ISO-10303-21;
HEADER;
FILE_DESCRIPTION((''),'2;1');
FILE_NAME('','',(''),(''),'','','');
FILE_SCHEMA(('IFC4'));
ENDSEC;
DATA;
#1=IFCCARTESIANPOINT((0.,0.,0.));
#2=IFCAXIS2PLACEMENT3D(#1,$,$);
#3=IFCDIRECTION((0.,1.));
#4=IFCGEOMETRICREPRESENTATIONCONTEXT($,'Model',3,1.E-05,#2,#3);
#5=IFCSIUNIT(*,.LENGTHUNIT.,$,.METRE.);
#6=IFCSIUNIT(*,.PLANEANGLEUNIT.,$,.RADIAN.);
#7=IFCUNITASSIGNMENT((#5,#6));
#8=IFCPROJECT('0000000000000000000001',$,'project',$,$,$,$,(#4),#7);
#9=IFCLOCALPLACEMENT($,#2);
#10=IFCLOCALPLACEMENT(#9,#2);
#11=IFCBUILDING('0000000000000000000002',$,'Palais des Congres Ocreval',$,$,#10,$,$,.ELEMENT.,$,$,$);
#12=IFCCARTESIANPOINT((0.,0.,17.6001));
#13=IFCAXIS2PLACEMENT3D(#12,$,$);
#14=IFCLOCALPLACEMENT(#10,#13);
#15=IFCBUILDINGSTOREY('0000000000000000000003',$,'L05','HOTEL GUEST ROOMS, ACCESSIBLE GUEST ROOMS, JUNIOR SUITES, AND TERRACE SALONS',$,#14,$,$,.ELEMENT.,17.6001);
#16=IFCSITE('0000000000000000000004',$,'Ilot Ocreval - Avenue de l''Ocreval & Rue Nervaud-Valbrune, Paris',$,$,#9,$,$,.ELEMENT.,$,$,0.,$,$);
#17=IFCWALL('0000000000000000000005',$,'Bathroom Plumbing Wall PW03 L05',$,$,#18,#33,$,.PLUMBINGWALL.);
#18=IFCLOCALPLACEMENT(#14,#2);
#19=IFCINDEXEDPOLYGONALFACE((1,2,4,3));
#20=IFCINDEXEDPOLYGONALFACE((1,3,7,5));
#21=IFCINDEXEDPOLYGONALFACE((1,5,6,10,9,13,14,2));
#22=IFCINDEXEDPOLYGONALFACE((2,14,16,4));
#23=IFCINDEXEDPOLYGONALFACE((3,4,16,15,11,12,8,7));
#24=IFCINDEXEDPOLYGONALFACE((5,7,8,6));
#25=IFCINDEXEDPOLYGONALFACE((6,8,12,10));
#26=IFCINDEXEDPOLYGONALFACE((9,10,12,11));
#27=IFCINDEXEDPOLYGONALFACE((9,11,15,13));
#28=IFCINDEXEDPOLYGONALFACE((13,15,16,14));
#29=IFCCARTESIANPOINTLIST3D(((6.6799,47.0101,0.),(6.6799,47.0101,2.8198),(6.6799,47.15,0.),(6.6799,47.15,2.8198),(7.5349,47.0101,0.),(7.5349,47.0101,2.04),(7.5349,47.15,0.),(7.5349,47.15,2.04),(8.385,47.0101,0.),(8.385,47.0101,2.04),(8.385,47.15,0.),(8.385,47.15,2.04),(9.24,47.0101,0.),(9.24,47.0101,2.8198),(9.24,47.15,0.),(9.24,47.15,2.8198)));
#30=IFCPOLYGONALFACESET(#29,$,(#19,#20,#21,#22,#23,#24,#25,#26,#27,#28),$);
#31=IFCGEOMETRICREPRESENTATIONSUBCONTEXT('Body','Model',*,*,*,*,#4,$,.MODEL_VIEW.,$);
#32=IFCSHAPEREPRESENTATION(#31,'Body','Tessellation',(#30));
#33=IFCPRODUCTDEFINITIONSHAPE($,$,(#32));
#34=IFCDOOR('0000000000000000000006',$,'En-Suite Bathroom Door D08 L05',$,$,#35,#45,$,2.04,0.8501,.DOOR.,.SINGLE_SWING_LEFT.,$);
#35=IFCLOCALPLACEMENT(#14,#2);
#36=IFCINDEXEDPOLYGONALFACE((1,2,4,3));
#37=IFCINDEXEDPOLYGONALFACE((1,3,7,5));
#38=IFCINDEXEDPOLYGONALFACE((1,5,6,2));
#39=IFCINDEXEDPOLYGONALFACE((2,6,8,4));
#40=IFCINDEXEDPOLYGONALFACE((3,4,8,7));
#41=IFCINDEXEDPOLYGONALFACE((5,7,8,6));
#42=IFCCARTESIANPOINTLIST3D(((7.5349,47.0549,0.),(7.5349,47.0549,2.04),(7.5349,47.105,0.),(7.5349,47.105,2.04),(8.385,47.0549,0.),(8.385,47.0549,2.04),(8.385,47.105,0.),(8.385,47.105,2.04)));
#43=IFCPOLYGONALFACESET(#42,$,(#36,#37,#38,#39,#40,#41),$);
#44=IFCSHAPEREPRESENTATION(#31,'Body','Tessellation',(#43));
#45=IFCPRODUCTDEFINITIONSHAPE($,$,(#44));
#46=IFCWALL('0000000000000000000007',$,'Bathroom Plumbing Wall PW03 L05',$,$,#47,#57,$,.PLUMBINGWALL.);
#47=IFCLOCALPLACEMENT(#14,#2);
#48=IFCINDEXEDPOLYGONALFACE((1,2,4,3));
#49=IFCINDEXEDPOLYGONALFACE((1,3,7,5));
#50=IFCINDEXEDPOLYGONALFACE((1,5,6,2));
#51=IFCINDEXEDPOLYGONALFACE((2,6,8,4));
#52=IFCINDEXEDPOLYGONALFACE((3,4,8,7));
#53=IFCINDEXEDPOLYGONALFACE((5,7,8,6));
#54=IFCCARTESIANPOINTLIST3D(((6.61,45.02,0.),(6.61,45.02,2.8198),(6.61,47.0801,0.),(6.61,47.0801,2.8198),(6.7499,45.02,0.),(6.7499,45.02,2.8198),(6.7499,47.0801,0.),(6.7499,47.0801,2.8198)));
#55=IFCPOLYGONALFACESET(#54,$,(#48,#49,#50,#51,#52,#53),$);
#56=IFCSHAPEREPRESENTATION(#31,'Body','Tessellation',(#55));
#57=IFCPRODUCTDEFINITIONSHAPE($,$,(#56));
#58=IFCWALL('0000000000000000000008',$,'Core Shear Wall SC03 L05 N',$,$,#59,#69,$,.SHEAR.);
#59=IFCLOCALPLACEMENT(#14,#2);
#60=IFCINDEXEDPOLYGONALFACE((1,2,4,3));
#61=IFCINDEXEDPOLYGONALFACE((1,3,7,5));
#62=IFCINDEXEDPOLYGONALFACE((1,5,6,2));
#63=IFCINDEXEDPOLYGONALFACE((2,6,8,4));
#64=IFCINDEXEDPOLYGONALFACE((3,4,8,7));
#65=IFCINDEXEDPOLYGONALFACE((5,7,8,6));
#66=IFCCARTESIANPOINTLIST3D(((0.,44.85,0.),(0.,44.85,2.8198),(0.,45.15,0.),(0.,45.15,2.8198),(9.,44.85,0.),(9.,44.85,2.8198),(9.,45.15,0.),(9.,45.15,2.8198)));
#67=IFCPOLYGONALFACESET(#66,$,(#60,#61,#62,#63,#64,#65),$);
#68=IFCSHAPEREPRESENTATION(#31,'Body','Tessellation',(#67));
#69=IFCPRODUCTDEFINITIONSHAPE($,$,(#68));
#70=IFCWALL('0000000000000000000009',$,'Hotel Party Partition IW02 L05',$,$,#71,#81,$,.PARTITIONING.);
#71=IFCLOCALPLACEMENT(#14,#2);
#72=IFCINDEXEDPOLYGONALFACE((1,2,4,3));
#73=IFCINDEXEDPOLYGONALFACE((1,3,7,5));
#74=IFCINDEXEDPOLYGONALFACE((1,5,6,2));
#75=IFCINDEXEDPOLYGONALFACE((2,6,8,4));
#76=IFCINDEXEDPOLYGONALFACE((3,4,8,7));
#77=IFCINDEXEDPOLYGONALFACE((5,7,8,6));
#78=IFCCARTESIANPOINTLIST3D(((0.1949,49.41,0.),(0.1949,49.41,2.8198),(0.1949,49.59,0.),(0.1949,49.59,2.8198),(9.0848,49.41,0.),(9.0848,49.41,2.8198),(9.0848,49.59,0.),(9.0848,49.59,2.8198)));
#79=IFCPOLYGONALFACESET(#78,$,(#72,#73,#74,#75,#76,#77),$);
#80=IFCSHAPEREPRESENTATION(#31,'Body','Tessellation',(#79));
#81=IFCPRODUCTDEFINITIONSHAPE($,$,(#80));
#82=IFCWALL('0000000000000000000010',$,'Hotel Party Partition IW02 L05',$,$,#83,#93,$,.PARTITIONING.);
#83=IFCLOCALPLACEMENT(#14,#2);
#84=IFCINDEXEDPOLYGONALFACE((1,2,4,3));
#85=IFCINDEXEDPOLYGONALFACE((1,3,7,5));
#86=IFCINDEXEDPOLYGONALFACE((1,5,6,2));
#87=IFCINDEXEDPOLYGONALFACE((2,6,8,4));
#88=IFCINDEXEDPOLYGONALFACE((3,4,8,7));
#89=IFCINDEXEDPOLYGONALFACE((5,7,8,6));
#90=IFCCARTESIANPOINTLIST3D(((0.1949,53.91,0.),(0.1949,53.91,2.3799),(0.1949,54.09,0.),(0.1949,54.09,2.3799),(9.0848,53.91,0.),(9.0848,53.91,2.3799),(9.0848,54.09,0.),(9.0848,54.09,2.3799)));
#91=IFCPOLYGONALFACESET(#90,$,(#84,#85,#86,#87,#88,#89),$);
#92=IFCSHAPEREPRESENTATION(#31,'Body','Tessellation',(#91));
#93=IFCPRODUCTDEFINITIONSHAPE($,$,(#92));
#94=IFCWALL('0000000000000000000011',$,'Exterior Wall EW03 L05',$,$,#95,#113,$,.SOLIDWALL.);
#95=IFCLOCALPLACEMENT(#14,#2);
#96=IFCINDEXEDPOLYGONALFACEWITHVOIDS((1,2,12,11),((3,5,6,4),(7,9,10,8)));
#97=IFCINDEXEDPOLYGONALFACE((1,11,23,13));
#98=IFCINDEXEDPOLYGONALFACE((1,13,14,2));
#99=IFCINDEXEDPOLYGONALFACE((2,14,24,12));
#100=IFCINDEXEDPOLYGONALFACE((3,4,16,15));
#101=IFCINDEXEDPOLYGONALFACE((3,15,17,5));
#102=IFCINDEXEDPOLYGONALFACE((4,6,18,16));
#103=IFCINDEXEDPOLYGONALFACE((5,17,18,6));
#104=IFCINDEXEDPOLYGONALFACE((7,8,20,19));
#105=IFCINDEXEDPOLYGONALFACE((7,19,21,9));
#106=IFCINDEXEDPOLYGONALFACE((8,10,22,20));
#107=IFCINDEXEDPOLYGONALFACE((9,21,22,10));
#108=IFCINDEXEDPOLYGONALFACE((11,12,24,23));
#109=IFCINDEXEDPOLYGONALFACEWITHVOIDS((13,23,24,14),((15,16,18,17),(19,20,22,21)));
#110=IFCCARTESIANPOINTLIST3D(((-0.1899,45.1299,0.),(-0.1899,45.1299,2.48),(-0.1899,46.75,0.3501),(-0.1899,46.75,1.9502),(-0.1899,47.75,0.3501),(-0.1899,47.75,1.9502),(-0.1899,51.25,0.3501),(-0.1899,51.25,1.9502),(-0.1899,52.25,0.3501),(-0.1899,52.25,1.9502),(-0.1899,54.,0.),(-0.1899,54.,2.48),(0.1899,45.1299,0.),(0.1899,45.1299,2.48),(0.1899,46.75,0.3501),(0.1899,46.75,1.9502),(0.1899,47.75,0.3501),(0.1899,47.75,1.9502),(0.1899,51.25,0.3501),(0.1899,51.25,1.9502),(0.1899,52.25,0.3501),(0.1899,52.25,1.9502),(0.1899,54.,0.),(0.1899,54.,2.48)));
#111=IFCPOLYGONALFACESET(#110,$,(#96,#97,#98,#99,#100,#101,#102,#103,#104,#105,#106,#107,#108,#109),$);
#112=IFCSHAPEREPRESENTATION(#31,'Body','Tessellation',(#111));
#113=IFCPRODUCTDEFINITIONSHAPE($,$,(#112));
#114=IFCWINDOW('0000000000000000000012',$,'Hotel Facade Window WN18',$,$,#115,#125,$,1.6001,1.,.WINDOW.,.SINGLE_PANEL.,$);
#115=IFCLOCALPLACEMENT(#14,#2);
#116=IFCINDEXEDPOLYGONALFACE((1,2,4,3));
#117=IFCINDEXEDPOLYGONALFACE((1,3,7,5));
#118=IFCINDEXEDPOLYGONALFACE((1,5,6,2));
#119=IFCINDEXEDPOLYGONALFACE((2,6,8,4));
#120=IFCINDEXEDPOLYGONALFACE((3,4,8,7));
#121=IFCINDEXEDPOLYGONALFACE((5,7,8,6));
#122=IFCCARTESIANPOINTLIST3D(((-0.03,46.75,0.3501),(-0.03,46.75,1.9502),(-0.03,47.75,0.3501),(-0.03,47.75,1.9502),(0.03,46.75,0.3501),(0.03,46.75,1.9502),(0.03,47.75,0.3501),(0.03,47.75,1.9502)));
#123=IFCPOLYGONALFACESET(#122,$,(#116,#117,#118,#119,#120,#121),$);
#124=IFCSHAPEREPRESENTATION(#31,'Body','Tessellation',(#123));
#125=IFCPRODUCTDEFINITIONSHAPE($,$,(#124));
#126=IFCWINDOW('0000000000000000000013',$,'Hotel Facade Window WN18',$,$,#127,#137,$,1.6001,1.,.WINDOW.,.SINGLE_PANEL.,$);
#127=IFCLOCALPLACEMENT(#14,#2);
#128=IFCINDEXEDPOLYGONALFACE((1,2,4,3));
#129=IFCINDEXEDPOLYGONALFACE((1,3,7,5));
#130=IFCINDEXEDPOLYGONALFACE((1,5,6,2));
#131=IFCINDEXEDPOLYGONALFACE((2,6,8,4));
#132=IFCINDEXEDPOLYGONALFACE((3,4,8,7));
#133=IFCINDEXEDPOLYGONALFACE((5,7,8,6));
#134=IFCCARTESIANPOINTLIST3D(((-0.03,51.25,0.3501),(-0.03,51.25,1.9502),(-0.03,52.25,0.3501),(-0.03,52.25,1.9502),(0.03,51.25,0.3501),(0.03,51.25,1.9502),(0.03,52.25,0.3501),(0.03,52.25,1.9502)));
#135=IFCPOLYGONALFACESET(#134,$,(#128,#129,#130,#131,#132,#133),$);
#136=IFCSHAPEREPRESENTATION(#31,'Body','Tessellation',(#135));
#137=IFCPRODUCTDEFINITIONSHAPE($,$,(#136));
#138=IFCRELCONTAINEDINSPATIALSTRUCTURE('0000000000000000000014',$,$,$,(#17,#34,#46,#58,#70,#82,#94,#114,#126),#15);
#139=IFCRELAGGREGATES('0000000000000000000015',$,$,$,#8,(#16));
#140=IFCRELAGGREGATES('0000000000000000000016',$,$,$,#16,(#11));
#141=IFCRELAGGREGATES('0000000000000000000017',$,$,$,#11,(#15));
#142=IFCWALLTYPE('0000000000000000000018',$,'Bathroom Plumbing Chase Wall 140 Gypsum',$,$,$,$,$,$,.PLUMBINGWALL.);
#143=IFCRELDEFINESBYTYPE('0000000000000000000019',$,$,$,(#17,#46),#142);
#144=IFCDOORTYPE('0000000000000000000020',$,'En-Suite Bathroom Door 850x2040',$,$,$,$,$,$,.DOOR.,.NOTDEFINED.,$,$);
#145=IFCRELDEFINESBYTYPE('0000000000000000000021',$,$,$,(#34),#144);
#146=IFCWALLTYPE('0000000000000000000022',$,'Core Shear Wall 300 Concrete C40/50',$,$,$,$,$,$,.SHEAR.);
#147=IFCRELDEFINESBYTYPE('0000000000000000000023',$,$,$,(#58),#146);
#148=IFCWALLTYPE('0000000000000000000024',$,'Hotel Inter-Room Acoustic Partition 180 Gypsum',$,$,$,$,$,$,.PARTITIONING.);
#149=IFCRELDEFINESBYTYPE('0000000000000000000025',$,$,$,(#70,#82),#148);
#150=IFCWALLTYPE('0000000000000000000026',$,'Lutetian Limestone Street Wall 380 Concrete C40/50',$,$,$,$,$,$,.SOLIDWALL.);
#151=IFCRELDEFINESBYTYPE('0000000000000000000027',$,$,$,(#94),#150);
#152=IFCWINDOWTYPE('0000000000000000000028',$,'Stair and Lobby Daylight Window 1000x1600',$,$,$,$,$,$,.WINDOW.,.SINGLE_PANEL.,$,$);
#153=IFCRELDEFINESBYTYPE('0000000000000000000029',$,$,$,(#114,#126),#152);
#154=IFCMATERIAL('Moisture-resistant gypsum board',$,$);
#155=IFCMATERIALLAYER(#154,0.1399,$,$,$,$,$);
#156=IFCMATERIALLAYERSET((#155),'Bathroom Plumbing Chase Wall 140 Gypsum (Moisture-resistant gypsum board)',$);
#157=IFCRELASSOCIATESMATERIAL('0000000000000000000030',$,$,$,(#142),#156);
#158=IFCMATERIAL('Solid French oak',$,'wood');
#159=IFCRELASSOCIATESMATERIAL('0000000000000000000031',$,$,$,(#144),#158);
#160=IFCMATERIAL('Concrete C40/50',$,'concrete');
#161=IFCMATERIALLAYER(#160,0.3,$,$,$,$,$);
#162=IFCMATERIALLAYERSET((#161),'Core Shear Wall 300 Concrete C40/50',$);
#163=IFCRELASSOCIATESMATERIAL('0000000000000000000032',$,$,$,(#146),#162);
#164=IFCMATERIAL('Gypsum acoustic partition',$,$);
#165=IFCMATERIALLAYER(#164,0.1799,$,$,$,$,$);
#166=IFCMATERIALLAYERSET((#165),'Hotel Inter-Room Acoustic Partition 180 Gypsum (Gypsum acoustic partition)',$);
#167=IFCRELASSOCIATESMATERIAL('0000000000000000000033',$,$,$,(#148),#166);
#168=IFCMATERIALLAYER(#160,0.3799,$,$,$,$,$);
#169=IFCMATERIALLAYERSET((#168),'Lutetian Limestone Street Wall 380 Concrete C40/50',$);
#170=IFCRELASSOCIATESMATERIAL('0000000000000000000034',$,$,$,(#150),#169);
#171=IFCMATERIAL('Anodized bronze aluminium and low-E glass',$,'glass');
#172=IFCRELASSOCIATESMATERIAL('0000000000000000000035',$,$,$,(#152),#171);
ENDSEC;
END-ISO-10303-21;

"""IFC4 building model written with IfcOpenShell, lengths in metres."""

from ifc_helpers import new_model, si_unit, direction, frame, frame_2d, origin, place, context, subcontext, project, spatial, rectangle, extrude, material, layer, layer_set, type_object, element, fill, save


model = new_model("IFC4")

# Units and contexts
model_context = context("Model", 3, precision=1e-05, world=origin(), true_north=direction((0.0, 1.0)))
body_context = subcontext(model_context, "Body", "Model", "MODEL_VIEW")
ifc_project = project(units=[si_unit("LENGTHUNIT", "METRE"), si_unit("PLANEANGLEUNIT", "RADIAN")], contexts=[model_context])

# Site, building, storey
site_placement = place(None, origin())
site = spatial("IfcSite", under=ifc_project, at=site_placement, Name="Ilot Ocreval - Avenue de l'Ocreval & Rue Nervaud-Valbrune, Paris", CompositionType="ELEMENT", RefElevation=0.0)
building_placement = place(site_placement, origin())
building = spatial("IfcBuilding", under=site, at=building_placement, Name="Palais des Congres Ocreval", CompositionType="ELEMENT")
storey_placement = place(building_placement, frame((0.0, 0.0, 17.6001)))
storey = spatial("IfcBuildingStorey", under=building, at=storey_placement, Name="L05", Description="HOTEL GUEST ROOMS, ACCESSIBLE GUEST ROOMS, JUNIOR SUITES, AND TERRACE SALONS", CompositionType="ELEMENT", Elevation=17.6001)

# Wall, opening, door
ifc_material_1 = material(Name="Moisture-resistant gypsum board")
ifc_layer_1 = layer(ifc_material_1, 0.1399)
ifc_layer_set_1 = layer_set([ifc_layer_1], Name="Bathroom Plumbing Chase Wall 140 Gypsum (Moisture-resistant gypsum board)")
wall_type_1 = type_object("IfcWallType", Name="Bathroom Plumbing Chase Wall 140 Gypsum", PredefinedType="PLUMBINGWALL", material=ifc_layer_set_1)
wall_1_placement = place(storey_placement, frame((6.6799, 47.0801, 0.0), z_axis=(0.0, 0.0, 1.0), x_axis=(1.0, 0.0, 0.0)))
wall_1 = element("IfcWall", 1, at=wall_1_placement, inside=storey, type_object=wall_type_1, Name="Bathroom Plumbing Wall PW03 L05", PredefinedType="PLUMBINGWALL", context=body_context, shape_type="SweptSolid", body=[
    extrude(rectangle(XDim=2.5601, YDim=0.1399, at=frame_2d((1.28, 0.0))), origin(), (0.0, 0.0, 1.0), 2.8198),
])
opening_1_placement = place(wall_1_placement, frame((0.855, 0.0, 0.0)))
opening_1 = element("IfcOpeningElement", 2, at=opening_1_placement, cuts=wall_1, PredefinedType="OPENING", context=body_context, shape_type="SweptSolid", body=[
    extrude(rectangle(XDim=0.8501, YDim=2.04, at=frame_2d((0.425, 1.02))), frame((0.0, 0.0798, 0.0), z_axis=(0.0, -1.0, 0.0), x_axis=(1.0, 0.0, 0.0)), (0.0, 0.0, 1.0), 0.1599),
])
ifc_material_2 = material(Name="Solid French oak", Category="wood")
door_type = type_object("IfcDoorType", Name="En-Suite Bathroom Door 850x2040", OperationType="NOTDEFINED", PredefinedType="DOOR", material=ifc_material_2)
door_placement = place(opening_1_placement, origin())
door = element("IfcDoor", 3, at=door_placement, inside=storey, type_object=door_type, Name="En-Suite Bathroom Door D08 L05", OperationType="SINGLE_SWING_LEFT", OverallHeight=2.04, OverallWidth=0.8501, PredefinedType="DOOR", context=body_context, shape_type="SweptSolid", body=[
    extrude(rectangle(XDim=0.8501, YDim=2.04, at=frame_2d((0.425, 1.02))), frame((0.0, 0.0249, 0.0), z_axis=(0.0, -1.0, 0.0), x_axis=(1.0, 0.0, 0.0)), (0.0, 0.0, 1.0), 0.05),
])
fill(opening_1, door)

# Walls
wall_2_placement = place(storey_placement, frame((6.6799, 45.02, 0.0), z_axis=(0.0, 0.0, 1.0), x_axis=(0.0, 1.0, 0.0)))
element("IfcWall", 4, at=wall_2_placement, inside=storey, type_object=wall_type_1, Name="Bathroom Plumbing Wall PW03 L05", PredefinedType="PLUMBINGWALL", context=body_context, shape_type="SweptSolid", body=[
    extrude(rectangle(XDim=2.0601, YDim=0.1399, at=frame_2d((1.03, 0.0))), origin(), (0.0, 0.0, 1.0), 2.8198),
])
ifc_material_3 = material(Name="Concrete C40/50", Category="concrete")
ifc_layer_2 = layer(ifc_material_3, 0.3)
ifc_layer_set_2 = layer_set([ifc_layer_2], Name="Core Shear Wall 300 Concrete C40/50")
wall_type_2 = type_object("IfcWallType", Name="Core Shear Wall 300 Concrete C40/50", PredefinedType="SHEAR", material=ifc_layer_set_2)
wall_3_placement = place(storey_placement, frame((0.0, 45.0, 0.0), z_axis=(0.0, 0.0, 1.0), x_axis=(1.0, 0.0, 0.0)))
element("IfcWall", 5, at=wall_3_placement, inside=storey, type_object=wall_type_2, Name="Core Shear Wall SC03 L05 N", PredefinedType="SHEAR", context=body_context, shape_type="SweptSolid", body=[
    extrude(rectangle(XDim=9.0, YDim=0.3, at=frame_2d((4.5, 0.0))), origin(), (0.0, 0.0, 1.0), 2.8198),
])
ifc_material_4 = material(Name="Gypsum acoustic partition")
ifc_layer_3 = layer(ifc_material_4, 0.1799)
ifc_layer_set_3 = layer_set([ifc_layer_3], Name="Hotel Inter-Room Acoustic Partition 180 Gypsum (Gypsum acoustic partition)")
wall_type_3 = type_object("IfcWallType", Name="Hotel Inter-Room Acoustic Partition 180 Gypsum", PredefinedType="PARTITIONING", material=ifc_layer_set_3)
wall_4_placement = place(storey_placement, frame((0.1951, 49.5, 0.0), z_axis=(0.0, 0.0, 1.0), x_axis=(1.0, 0.0, 0.0)))
element("IfcWall", 6, at=wall_4_placement, inside=storey, type_object=wall_type_3, Name="Hotel Party Partition IW02 L05", PredefinedType="PARTITIONING", context=body_context, shape_type="SweptSolid", body=[
    extrude(rectangle(XDim=8.8899, YDim=0.1799, at=frame_2d((4.4448, 0.0))), origin(), (0.0, 0.0, 1.0), 2.8198),
])
wall_5_placement = place(storey_placement, frame((0.1951, 54.0, 0.0), z_axis=(0.0, 0.0, 1.0), x_axis=(1.0, 0.0, 0.0)))
element("IfcWall", 7, at=wall_5_placement, inside=storey, type_object=wall_type_3, Name="Hotel Party Partition IW02 L05", PredefinedType="PARTITIONING", context=body_context, shape_type="SweptSolid", body=[
    extrude(rectangle(XDim=8.8899, YDim=0.1799, at=frame_2d((4.4448, 0.0))), origin(), (0.0, 0.0, 1.0), 2.3799),
])

# Wall, openings, windows
ifc_layer_4 = layer(ifc_material_3, 0.3799)
ifc_layer_set_4 = layer_set([ifc_layer_4], Name="Lutetian Limestone Street Wall 380 Concrete C40/50")
wall_type_4 = type_object("IfcWallType", Name="Lutetian Limestone Street Wall 380 Concrete C40/50", PredefinedType="SOLIDWALL", material=ifc_layer_set_4)
wall_6_placement = place(storey_placement, frame((0.0, 45.1299, 0.0), z_axis=(0.0, 0.0, 1.0), x_axis=(0.0, 1.0, 0.0)))
wall_6 = element("IfcWall", 8, at=wall_6_placement, inside=storey, type_object=wall_type_4, Name="Exterior Wall EW03 L05", PredefinedType="SOLIDWALL", context=body_context, shape_type="SweptSolid", body=[
    extrude(rectangle(XDim=8.8701, YDim=0.3799, at=frame_2d((4.4351, 0.0))), origin(), (0.0, 0.0, 1.0), 2.48),
])
opening_2_placement = place(wall_6_placement, frame((1.6201, 0.0, 0.3501)))
opening_2 = element("IfcOpeningElement", 9, at=opening_2_placement, cuts=wall_6, PredefinedType="OPENING", context=body_context, shape_type="SweptSolid", body=[
    extrude(rectangle(XDim=1.0, YDim=1.6001, at=frame_2d((0.5, 0.8))), frame((0.0, 0.2, 0.0), z_axis=(0.0, -1.0, 0.0), x_axis=(1.0, 0.0, 0.0)), (0.0, 0.0, 1.0), 0.3999),
])
opening_3_placement = place(wall_6_placement, frame((6.1201, 0.0, 0.3501)))
opening_3 = element("IfcOpeningElement", 10, at=opening_3_placement, cuts=wall_6, PredefinedType="OPENING", context=body_context, shape_type="SweptSolid", body=[
    extrude(rectangle(XDim=1.0, YDim=1.6001, at=frame_2d((0.5, 0.8))), frame((0.0, 0.2, 0.0), z_axis=(0.0, -1.0, 0.0), x_axis=(1.0, 0.0, 0.0)), (0.0, 0.0, 1.0), 0.3999),
])
ifc_material_5 = material(Name="Anodized bronze aluminium and low-E glass", Category="glass")
window_type = type_object("IfcWindowType", Name="Stair and Lobby Daylight Window 1000x1600", PartitioningType="SINGLE_PANEL", PredefinedType="WINDOW", material=ifc_material_5)
window_1_placement = place(opening_2_placement, origin())
window_1 = element("IfcWindow", 11, at=window_1_placement, inside=storey, type_object=window_type, Name="Hotel Facade Window WN18", OverallHeight=1.6001, OverallWidth=1.0, PartitioningType="SINGLE_PANEL", PredefinedType="WINDOW", context=body_context, shape_type="SweptSolid", body=[
    extrude(rectangle(XDim=1.0, YDim=1.6001, at=frame_2d((0.5, 0.8))), frame((0.0, 0.03, 0.0), z_axis=(0.0, -1.0, 0.0), x_axis=(1.0, 0.0, 0.0)), (0.0, 0.0, 1.0), 0.0601),
])
fill(opening_2, window_1)
window_2_placement = place(opening_3_placement, origin())
window_2 = element("IfcWindow", 12, at=window_2_placement, inside=storey, type_object=window_type, Name="Hotel Facade Window WN18", OverallHeight=1.6001, OverallWidth=1.0, PartitioningType="SINGLE_PANEL", PredefinedType="WINDOW", context=body_context, shape_type="SweptSolid", body=[
    extrude(rectangle(XDim=1.0, YDim=1.6001, at=frame_2d((0.5, 0.8))), frame((0.0, 0.03, 0.0), z_axis=(0.0, -1.0, 0.0), x_axis=(1.0, 0.0, 0.0)), (0.0, 0.0, 1.0), 0.0601),
])
fill(opening_3, window_2)

save(model, "model.ifc")
